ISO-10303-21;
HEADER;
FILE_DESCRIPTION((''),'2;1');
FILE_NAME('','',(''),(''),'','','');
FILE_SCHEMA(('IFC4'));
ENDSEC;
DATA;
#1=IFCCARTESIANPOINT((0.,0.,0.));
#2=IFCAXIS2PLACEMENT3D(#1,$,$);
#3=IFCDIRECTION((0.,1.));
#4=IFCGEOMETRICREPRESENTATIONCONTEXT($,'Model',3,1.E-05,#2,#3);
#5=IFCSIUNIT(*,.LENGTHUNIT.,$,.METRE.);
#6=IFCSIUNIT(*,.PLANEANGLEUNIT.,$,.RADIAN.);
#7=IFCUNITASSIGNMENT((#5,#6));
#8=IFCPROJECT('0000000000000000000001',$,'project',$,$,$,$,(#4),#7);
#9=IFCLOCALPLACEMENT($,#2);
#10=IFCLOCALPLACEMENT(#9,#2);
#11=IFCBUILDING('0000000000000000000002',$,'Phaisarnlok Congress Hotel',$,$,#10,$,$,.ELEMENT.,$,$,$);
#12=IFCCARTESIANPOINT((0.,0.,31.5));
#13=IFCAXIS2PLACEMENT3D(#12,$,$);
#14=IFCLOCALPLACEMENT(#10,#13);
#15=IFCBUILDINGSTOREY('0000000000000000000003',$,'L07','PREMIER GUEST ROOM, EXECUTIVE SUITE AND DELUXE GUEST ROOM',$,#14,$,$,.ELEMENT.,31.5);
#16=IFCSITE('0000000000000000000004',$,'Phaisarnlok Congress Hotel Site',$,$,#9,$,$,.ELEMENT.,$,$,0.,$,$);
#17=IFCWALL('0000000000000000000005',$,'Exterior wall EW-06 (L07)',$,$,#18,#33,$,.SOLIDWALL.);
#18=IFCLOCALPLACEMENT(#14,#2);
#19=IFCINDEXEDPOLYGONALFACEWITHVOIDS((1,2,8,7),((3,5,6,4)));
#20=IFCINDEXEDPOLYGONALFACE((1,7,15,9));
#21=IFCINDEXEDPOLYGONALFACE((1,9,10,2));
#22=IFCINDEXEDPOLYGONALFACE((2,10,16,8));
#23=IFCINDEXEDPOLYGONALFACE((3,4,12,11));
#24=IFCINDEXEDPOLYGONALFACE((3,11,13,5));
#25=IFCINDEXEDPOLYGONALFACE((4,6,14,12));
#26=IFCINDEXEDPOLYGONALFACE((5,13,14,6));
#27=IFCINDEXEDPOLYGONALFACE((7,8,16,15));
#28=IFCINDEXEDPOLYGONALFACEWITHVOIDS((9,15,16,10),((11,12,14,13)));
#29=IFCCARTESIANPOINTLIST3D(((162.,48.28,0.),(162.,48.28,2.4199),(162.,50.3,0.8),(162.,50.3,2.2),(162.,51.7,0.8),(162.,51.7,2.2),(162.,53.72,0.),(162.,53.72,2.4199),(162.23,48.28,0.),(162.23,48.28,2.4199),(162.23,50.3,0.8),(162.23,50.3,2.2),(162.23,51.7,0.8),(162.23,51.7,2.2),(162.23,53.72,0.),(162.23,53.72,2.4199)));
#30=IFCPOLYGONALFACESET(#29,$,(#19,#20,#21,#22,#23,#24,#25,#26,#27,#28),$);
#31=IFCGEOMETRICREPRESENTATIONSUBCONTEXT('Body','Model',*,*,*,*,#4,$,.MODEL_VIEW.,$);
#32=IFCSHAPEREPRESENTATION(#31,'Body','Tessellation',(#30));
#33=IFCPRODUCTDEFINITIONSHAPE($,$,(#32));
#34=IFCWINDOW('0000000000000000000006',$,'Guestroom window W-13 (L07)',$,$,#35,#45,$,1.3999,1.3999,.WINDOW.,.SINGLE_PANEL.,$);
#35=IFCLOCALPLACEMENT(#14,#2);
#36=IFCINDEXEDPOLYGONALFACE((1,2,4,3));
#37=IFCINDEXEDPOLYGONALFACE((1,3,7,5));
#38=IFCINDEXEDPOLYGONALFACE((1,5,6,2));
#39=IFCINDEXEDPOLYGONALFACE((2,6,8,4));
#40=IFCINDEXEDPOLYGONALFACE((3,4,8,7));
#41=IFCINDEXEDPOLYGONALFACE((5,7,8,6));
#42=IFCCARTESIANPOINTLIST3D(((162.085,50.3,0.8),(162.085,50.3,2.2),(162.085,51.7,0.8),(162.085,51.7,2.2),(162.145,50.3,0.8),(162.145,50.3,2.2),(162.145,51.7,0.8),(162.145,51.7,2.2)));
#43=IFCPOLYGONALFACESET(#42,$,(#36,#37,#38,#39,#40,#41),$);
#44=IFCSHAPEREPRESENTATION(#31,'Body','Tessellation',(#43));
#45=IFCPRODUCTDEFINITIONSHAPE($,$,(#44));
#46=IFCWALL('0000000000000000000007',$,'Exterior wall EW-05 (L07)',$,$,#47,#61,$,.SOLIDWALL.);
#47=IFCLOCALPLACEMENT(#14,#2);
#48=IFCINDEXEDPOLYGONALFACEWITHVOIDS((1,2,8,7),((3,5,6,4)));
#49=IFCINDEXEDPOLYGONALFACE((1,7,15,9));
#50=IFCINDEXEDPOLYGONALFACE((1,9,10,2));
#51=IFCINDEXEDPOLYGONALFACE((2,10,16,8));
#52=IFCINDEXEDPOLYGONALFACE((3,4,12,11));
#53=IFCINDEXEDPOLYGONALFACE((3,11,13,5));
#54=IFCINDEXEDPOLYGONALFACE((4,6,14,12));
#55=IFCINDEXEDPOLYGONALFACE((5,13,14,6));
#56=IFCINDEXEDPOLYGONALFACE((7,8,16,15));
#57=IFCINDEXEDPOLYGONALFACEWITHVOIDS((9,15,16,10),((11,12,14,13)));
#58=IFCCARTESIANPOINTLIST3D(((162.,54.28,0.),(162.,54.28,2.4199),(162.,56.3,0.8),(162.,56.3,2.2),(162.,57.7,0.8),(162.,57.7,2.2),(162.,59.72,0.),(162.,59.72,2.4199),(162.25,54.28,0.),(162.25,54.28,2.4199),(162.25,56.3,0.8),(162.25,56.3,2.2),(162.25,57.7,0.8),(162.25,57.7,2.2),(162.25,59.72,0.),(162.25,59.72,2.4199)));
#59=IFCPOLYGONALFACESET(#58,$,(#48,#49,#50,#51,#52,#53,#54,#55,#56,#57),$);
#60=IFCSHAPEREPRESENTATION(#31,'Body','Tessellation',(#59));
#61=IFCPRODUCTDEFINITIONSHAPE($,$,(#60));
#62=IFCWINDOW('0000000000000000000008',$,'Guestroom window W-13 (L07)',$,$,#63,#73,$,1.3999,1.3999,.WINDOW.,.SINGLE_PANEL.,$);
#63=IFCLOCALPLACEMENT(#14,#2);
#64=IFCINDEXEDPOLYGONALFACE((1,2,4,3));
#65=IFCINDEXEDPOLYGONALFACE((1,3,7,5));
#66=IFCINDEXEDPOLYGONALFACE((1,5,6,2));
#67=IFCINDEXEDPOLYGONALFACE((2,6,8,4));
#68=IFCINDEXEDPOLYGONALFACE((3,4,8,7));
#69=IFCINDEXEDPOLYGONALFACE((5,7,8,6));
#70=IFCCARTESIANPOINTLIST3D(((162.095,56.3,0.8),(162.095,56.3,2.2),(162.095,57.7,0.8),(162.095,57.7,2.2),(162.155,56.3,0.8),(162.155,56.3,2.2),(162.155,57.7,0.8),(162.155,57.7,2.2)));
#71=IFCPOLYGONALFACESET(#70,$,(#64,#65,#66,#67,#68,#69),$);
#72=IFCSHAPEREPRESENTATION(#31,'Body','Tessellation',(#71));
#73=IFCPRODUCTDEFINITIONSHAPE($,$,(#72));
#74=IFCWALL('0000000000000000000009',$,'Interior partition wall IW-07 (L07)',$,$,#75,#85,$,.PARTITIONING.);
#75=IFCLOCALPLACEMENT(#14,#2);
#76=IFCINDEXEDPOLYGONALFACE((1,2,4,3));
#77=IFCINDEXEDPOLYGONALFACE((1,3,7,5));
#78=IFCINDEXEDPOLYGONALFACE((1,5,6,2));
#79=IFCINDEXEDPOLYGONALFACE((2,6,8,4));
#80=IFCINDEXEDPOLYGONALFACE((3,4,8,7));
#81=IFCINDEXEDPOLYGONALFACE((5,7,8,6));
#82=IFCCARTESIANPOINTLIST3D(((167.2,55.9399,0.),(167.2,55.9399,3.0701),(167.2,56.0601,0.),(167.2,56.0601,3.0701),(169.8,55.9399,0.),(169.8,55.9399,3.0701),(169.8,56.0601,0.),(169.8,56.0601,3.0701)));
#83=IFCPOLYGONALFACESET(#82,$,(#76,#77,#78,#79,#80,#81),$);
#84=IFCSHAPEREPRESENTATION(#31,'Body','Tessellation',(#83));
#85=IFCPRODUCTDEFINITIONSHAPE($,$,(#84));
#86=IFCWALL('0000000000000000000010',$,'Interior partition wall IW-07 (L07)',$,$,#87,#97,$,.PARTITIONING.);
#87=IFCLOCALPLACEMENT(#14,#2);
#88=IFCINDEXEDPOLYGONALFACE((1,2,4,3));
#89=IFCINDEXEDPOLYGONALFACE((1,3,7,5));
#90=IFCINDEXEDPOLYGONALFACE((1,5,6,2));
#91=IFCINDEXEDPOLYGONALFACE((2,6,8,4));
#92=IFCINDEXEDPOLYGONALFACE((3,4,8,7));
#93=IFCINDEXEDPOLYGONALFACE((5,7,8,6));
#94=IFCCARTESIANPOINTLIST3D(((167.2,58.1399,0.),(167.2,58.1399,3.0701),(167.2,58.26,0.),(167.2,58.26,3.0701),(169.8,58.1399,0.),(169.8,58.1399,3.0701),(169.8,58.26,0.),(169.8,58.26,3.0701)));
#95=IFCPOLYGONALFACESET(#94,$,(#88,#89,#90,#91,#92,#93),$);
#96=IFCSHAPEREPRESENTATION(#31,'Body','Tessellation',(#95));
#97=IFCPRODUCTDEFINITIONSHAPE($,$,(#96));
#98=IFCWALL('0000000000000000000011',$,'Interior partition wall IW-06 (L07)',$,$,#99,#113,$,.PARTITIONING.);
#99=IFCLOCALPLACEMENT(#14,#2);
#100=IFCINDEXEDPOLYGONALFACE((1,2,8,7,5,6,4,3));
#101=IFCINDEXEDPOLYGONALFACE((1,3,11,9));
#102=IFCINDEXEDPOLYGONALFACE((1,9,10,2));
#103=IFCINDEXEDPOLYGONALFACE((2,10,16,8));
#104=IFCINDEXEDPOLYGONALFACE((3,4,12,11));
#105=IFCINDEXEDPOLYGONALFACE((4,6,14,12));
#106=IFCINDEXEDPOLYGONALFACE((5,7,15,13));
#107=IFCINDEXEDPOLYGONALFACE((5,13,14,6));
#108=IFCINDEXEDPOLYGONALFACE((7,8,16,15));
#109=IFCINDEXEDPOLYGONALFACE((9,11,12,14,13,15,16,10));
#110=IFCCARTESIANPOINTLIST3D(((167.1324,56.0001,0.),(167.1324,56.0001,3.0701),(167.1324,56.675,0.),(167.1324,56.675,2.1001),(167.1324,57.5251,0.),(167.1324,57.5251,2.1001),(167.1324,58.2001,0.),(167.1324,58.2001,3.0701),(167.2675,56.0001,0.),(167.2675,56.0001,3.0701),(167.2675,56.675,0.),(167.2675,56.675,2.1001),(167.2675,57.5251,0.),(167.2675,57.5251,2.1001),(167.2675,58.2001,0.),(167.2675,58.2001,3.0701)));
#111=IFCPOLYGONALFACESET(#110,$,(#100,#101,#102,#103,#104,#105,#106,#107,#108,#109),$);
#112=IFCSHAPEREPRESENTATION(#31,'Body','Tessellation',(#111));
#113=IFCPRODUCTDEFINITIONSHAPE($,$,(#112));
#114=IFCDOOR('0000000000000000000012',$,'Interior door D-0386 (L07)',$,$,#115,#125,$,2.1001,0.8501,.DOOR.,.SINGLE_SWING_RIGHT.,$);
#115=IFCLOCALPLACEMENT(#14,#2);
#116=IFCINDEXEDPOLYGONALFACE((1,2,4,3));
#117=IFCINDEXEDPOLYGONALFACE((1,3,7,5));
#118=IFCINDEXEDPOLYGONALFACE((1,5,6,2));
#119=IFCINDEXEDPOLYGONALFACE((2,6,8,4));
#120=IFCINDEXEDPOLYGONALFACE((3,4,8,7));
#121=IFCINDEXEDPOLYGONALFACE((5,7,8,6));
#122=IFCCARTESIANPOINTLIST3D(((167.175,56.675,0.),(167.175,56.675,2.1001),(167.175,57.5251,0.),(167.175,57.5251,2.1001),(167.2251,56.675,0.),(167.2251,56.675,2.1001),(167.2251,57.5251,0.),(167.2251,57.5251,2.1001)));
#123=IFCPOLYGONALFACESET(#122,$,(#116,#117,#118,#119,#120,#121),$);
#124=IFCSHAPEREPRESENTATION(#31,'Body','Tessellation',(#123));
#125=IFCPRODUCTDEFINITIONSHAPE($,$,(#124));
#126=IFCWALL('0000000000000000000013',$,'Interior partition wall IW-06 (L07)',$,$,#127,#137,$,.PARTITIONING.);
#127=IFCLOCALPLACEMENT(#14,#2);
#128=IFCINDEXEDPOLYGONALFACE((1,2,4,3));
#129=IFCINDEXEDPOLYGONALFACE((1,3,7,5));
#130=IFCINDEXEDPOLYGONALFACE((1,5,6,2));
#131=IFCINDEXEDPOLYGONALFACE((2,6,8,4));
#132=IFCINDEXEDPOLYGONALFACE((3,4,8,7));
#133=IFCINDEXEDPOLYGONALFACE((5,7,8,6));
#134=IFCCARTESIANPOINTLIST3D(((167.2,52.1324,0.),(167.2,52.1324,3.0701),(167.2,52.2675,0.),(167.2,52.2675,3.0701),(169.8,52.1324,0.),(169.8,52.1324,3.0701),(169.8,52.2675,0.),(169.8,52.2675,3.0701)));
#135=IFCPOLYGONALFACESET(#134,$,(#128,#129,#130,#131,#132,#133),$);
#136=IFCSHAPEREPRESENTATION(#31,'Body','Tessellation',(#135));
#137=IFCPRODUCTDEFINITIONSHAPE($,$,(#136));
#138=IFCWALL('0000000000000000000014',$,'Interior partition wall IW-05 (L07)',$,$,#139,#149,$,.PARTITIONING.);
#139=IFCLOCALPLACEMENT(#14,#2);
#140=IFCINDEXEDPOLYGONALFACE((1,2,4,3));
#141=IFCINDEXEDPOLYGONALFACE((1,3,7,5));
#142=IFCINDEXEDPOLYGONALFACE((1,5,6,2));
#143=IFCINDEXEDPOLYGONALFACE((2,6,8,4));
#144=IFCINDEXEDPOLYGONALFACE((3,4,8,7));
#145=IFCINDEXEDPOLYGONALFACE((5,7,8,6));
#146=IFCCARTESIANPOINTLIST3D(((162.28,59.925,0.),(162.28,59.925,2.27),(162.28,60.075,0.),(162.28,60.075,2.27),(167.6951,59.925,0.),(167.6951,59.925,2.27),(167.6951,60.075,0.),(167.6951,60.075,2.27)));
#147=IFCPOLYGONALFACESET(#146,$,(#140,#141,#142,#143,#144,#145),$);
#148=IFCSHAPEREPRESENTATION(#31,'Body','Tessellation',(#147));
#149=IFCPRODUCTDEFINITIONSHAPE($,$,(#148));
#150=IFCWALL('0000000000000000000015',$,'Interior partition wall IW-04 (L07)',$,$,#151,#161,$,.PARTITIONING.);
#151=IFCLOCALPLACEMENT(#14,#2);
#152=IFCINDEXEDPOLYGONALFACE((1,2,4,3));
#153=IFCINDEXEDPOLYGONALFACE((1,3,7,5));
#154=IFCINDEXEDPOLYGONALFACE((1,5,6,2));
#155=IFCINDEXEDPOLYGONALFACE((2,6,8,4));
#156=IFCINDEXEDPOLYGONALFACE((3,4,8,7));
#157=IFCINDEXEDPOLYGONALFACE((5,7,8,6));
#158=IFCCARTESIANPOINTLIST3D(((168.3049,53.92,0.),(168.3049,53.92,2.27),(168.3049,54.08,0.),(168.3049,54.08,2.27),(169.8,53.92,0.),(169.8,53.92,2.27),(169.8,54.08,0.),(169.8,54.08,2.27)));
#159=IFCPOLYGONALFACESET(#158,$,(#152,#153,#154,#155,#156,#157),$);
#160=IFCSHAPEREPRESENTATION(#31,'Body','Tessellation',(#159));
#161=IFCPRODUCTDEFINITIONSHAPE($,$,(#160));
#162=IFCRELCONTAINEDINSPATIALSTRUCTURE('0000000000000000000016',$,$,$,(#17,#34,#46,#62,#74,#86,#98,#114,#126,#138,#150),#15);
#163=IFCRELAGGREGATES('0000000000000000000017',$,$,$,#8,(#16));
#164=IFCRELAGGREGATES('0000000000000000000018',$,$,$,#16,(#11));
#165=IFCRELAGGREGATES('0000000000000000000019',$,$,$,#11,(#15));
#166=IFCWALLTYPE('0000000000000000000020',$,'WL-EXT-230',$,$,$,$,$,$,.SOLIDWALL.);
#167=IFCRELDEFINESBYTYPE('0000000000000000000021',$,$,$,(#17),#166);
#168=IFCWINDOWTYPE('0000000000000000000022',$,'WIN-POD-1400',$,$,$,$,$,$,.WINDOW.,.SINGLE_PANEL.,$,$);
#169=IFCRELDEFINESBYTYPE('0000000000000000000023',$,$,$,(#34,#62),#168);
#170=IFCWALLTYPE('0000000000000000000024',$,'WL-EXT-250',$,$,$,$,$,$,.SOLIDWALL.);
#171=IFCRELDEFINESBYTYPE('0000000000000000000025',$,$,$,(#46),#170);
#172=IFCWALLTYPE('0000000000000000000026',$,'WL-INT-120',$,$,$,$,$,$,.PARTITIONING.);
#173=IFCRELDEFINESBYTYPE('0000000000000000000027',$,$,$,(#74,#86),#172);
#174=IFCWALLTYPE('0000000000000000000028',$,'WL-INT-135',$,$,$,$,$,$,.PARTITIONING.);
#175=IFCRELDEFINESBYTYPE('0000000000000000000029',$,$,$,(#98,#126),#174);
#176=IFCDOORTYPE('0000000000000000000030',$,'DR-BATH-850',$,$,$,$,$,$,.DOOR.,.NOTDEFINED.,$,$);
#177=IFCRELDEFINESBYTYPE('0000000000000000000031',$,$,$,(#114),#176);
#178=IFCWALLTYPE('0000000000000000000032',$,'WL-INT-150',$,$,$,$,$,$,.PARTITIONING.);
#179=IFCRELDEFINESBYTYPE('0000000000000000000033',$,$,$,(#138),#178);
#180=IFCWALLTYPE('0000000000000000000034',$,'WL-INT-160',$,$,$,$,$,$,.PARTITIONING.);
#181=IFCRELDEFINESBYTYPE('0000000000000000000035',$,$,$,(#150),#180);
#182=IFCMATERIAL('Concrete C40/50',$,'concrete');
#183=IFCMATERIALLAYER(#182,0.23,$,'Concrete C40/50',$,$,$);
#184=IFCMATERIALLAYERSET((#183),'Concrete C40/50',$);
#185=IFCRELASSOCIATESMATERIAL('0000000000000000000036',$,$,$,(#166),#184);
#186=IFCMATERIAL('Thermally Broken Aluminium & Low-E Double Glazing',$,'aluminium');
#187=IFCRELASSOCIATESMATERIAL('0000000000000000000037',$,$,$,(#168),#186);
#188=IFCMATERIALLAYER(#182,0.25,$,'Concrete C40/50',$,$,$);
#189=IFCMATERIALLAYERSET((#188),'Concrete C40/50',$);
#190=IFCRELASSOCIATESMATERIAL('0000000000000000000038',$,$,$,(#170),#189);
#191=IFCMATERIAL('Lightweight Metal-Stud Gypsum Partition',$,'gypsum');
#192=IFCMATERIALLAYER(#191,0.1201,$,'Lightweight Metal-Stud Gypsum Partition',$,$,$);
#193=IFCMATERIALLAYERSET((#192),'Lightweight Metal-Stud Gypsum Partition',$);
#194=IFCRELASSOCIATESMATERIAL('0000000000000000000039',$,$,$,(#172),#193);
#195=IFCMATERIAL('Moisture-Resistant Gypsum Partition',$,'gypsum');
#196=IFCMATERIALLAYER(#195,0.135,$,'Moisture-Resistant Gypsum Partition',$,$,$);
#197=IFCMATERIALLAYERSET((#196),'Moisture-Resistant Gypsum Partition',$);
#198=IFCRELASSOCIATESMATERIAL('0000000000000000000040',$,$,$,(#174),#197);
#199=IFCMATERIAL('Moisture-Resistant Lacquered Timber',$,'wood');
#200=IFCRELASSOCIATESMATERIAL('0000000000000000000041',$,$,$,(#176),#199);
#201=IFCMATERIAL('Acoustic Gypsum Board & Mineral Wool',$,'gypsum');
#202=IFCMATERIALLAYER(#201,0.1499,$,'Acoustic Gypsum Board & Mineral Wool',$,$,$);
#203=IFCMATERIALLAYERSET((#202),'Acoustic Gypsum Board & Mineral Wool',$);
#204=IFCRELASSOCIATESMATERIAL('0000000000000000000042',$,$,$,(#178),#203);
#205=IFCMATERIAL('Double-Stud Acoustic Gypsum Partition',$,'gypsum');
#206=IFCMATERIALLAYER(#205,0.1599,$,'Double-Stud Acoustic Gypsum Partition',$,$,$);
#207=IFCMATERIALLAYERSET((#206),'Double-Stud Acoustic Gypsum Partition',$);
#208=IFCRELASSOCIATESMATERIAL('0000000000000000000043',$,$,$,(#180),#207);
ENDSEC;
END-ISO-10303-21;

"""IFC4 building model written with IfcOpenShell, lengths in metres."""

from ifc_helpers import new_model, si_unit, direction, frame, frame_2d, origin, place, context, subcontext, project, spatial, rectangle, extrude, material, layer, layer_set, type_object, element, fill, save


model = new_model("IFC4")

# Units and contexts
model_context = context("Model", 3, precision=1e-05, world=origin(), true_north=direction((0.0, 1.0)))
body_context = subcontext(model_context, "Body", "Model", "MODEL_VIEW")
ifc_project = project(units=[si_unit("LENGTHUNIT", "METRE"), si_unit("PLANEANGLEUNIT", "RADIAN")], contexts=[model_context])

# Site, building, storey
site_placement = place(None, origin())
site = spatial("IfcSite", under=ifc_project, at=site_placement, Name="Phaisarnlok Congress Hotel Site", CompositionType="ELEMENT", RefElevation=0.0)
building_placement = place(site_placement, origin())
building = spatial("IfcBuilding", under=site, at=building_placement, Name="Phaisarnlok Congress Hotel", CompositionType="ELEMENT")
storey_placement = place(building_placement, frame((0.0, 0.0, 31.5)))
storey = spatial("IfcBuildingStorey", under=building, at=storey_placement, Name="L07", Description="PREMIER GUEST ROOM, EXECUTIVE SUITE AND DELUXE GUEST ROOM", CompositionType="ELEMENT", Elevation=31.5)

# Shared definitions
ifc_material_1 = material(Name="Concrete C40/50", Category="concrete")

# Walls, openings, windows
ifc_layer_1 = layer(ifc_material_1, 0.23, Name="Concrete C40/50")
ifc_layer_set_1 = layer_set([ifc_layer_1], Name="Concrete C40/50")
wall_type_1 = type_object("IfcWallType", Name="WL-EXT-230", PredefinedType="SOLIDWALL", material=ifc_layer_set_1)
wall_1_placement = place(storey_placement, frame((162.115, 53.72, 0.0), z_axis=(0.0, 0.0, 1.0), x_axis=(0.0, -1.0, 0.0)))
wall_1 = element("IfcWall", 1, at=wall_1_placement, inside=storey, type_object=wall_type_1, Name="Exterior wall EW-06 (L07)", PredefinedType="SOLIDWALL", context=body_context, shape_type="SweptSolid", body=[
    extrude(rectangle(XDim=5.4399, YDim=0.23, at=frame_2d((2.72, 0.0))), origin(), (0.0, 0.0, 1.0), 2.4199),
])
opening_1_placement = place(wall_1_placement, frame((2.02, 0.0, 0.8)))
opening_1 = element("IfcOpeningElement", 2, at=opening_1_placement, cuts=wall_1, PredefinedType="OPENING", context=body_context, shape_type="SweptSolid", body=[
    extrude(rectangle(XDim=1.3999, YDim=1.3999, at=frame_2d((0.7, 0.7))), frame((0.0, 0.125, 0.0), z_axis=(0.0, -1.0, 0.0), x_axis=(1.0, 0.0, 0.0)), (0.0, 0.0, 1.0), 0.25),
])
ifc_material_2 = material(Name="Thermally Broken Aluminium & Low-E Double Glazing", Category="aluminium")
window_type = type_object("IfcWindowType", Name="WIN-POD-1400", PartitioningType="SINGLE_PANEL", PredefinedType="WINDOW", material=ifc_material_2)
window_1_placement = place(opening_1_placement, origin())
window_1 = element("IfcWindow", 3, at=window_1_placement, inside=storey, type_object=window_type, Name="Guestroom window W-13 (L07)", OverallHeight=1.3999, OverallWidth=1.3999, PartitioningType="SINGLE_PANEL", PredefinedType="WINDOW", context=body_context, shape_type="SweptSolid", body=[
    extrude(rectangle(XDim=1.3999, YDim=1.3999, at=frame_2d((0.7, 0.7))), frame((0.0, 0.03, 0.0), z_axis=(0.0, -1.0, 0.0), x_axis=(1.0, 0.0, 0.0)), (0.0, 0.0, 1.0), 0.0601),
])
fill(opening_1, window_1)
ifc_layer_2 = layer(ifc_material_1, 0.25, Name="Concrete C40/50")
ifc_layer_set_2 = layer_set([ifc_layer_2], Name="Concrete C40/50")
wall_type_2 = type_object("IfcWallType", Name="WL-EXT-250", PredefinedType="SOLIDWALL", material=ifc_layer_set_2)
wall_2_placement = place(storey_placement, frame((162.125, 59.72, 0.0), z_axis=(0.0, 0.0, 1.0), x_axis=(0.0, -1.0, 0.0)))
wall_2 = element("IfcWall", 4, at=wall_2_placement, inside=storey, type_object=wall_type_2, Name="Exterior wall EW-05 (L07)", PredefinedType="SOLIDWALL", context=body_context, shape_type="SweptSolid", body=[
    extrude(rectangle(XDim=5.4399, YDim=0.25, at=frame_2d((2.72, 0.0))), origin(), (0.0, 0.0, 1.0), 2.4199),
])
opening_2_placement = place(wall_2_placement, frame((2.02, 0.0, 0.8)))
opening_2 = element("IfcOpeningElement", 5, at=opening_2_placement, cuts=wall_2, PredefinedType="OPENING", context=body_context, shape_type="SweptSolid", body=[
    extrude(rectangle(XDim=1.3999, YDim=1.3999, at=frame_2d((0.7, 0.7))), frame((0.0, 0.135, 0.0), z_axis=(0.0, -1.0, 0.0), x_axis=(1.0, 0.0, 0.0)), (0.0, 0.0, 1.0), 0.27),
])
window_2_placement = place(opening_2_placement, origin())
window_2 = element("IfcWindow", 6, at=window_2_placement, inside=storey, type_object=window_type, Name="Guestroom window W-13 (L07)", OverallHeight=1.3999, OverallWidth=1.3999, PartitioningType="SINGLE_PANEL", PredefinedType="WINDOW", context=body_context, shape_type="SweptSolid", body=[
    extrude(rectangle(XDim=1.3999, YDim=1.3999, at=frame_2d((0.7, 0.7))), frame((0.0, 0.03, 0.0), z_axis=(0.0, -1.0, 0.0), x_axis=(1.0, 0.0, 0.0)), (0.0, 0.0, 1.0), 0.0601),
])
fill(opening_2, window_2)

# Walls
ifc_material_3 = material(Name="Lightweight Metal-Stud Gypsum Partition", Category="gypsum")
ifc_layer_3 = layer(ifc_material_3, 0.1201, Name="Lightweight Metal-Stud Gypsum Partition")
ifc_layer_set_3 = layer_set([ifc_layer_3], Name="Lightweight Metal-Stud Gypsum Partition")
wall_type_3 = type_object("IfcWallType", Name="WL-INT-120", PredefinedType="PARTITIONING", material=ifc_layer_set_3)
for number, where, z_axis, x_axis, name in (
    (7, (167.2, 56.0, 0.0), (0.0, 0.0, 1.0), (1.0, 0.0, 0.0), "Interior partition wall IW-07 (L07)"),
    (8, (167.2, 58.2, 0.0), (0.0, 0.0, 1.0), (1.0, 0.0, 0.0), "Interior partition wall IW-07 (L07)"),
):
    element("IfcWall", number, at=place(storey_placement, frame(where, z_axis=z_axis, x_axis=x_axis)), inside=storey, type_object=wall_type_3, Name=name, PredefinedType="PARTITIONING", context=body_context, shape_type="SweptSolid", body=[
        extrude(rectangle(XDim=2.6001, YDim=0.1201, at=frame_2d((1.3, 0.0))), origin(), (0.0, 0.0, 1.0), 3.0701),
    ])

# Wall, opening, door
ifc_material_4 = material(Name="Moisture-Resistant Gypsum Partition", Category="gypsum")
ifc_layer_4 = layer(ifc_material_4, 0.135, Name="Moisture-Resistant Gypsum Partition")
ifc_layer_set_4 = layer_set([ifc_layer_4], Name="Moisture-Resistant Gypsum Partition")
wall_type_4 = type_object("IfcWallType", Name="WL-INT-135", PredefinedType="PARTITIONING", material=ifc_layer_set_4)
wall_3_placement = place(storey_placement, frame((167.2, 56.0, 0.0), z_axis=(0.0, 0.0, 1.0), x_axis=(0.0, 1.0, 0.0)))
wall_3 = element("IfcWall", 9, at=wall_3_placement, inside=storey, type_object=wall_type_4, Name="Interior partition wall IW-06 (L07)", PredefinedType="PARTITIONING", context=body_context, shape_type="SweptSolid", body=[
    extrude(rectangle(XDim=2.2, YDim=0.135, at=frame_2d((1.1001, 0.0))), origin(), (0.0, 0.0, 1.0), 3.0701),
])
opening_3_placement = place(wall_3_placement, frame((0.675, 0.0, 0.0)))
opening_3 = element("IfcOpeningElement", 10, at=opening_3_placement, cuts=wall_3, PredefinedType="OPENING", context=body_context, shape_type="SweptSolid", body=[
    extrude(rectangle(XDim=0.8501, YDim=2.1001, at=frame_2d((0.425, 1.05))), frame((0.0, 0.0776, 0.0), z_axis=(0.0, -1.0, 0.0), x_axis=(1.0, 0.0, 0.0)), (0.0, 0.0, 1.0), 0.155),
])
ifc_material_5 = material(Name="Moisture-Resistant Lacquered Timber", Category="wood")
door_type = type_object("IfcDoorType", Name="DR-BATH-850", OperationType="NOTDEFINED", PredefinedType="DOOR", material=ifc_material_5)
door_placement = place(opening_3_placement, origin())
door = element("IfcDoor", 11, at=door_placement, inside=storey, type_object=door_type, Name="Interior door D-0386 (L07)", OperationType="SINGLE_SWING_RIGHT", OverallHeight=2.1001, OverallWidth=0.8501, PredefinedType="DOOR", context=body_context, shape_type="SweptSolid", body=[
    extrude(rectangle(XDim=0.8501, YDim=2.1001, at=frame_2d((0.425, 1.05))), frame((0.0, 0.0249, 0.0), z_axis=(0.0, -1.0, 0.0), x_axis=(1.0, 0.0, 0.0)), (0.0, 0.0, 1.0), 0.05),
])
fill(opening_3, door)

# Walls
wall_4_placement = place(storey_placement, frame((167.2, 52.2, 0.0), z_axis=(0.0, 0.0, 1.0), x_axis=(1.0, 0.0, 0.0)))
element("IfcWall", 12, at=wall_4_placement, inside=storey, type_object=wall_type_4, Name="Interior partition wall IW-06 (L07)", PredefinedType="PARTITIONING", context=body_context, shape_type="SweptSolid", body=[
    extrude(rectangle(XDim=2.6001, YDim=0.135, at=frame_2d((1.3, 0.0))), origin(), (0.0, 0.0, 1.0), 3.0701),
])
ifc_material_6 = material(Name="Acoustic Gypsum Board & Mineral Wool", Category="gypsum")
ifc_layer_5 = layer(ifc_material_6, 0.1499, Name="Acoustic Gypsum Board & Mineral Wool")
ifc_layer_set_5 = layer_set([ifc_layer_5], Name="Acoustic Gypsum Board & Mineral Wool")
wall_type_5 = type_object("IfcWallType", Name="WL-INT-150", PredefinedType="PARTITIONING", material=ifc_layer_set_5)
wall_5_placement = place(storey_placement, frame((162.28, 60.0, 0.0), z_axis=(0.0, 0.0, 1.0), x_axis=(1.0, 0.0, 0.0)))
element("IfcWall", 13, at=wall_5_placement, inside=storey, type_object=wall_type_5, Name="Interior partition wall IW-05 (L07)", PredefinedType="PARTITIONING", context=body_context, shape_type="SweptSolid", body=[
    extrude(rectangle(XDim=5.415, YDim=0.1499, at=frame_2d((2.7075, 0.0))), origin(), (0.0, 0.0, 1.0), 2.27),
])
ifc_material_7 = material(Name="Double-Stud Acoustic Gypsum Partition", Category="gypsum")
ifc_layer_6 = layer(ifc_material_7, 0.1599, Name="Double-Stud Acoustic Gypsum Partition")
ifc_layer_set_6 = layer_set([ifc_layer_6], Name="Double-Stud Acoustic Gypsum Partition")
wall_type_6 = type_object("IfcWallType", Name="WL-INT-160", PredefinedType="PARTITIONING", material=ifc_layer_set_6)
wall_6_placement = place(storey_placement, frame((168.3049, 54.0, 0.0), z_axis=(0.0, 0.0, 1.0), x_axis=(1.0, 0.0, 0.0)))
element("IfcWall", 14, at=wall_6_placement, inside=storey, type_object=wall_type_6, Name="Interior partition wall IW-04 (L07)", PredefinedType="PARTITIONING", context=body_context, shape_type="SweptSolid", body=[
    extrude(rectangle(XDim=1.4951, YDim=0.1599, at=frame_2d((0.7476, 0.0))), origin(), (0.0, 0.0, 1.0), 2.27),
])

save(model, "model.ifc")
